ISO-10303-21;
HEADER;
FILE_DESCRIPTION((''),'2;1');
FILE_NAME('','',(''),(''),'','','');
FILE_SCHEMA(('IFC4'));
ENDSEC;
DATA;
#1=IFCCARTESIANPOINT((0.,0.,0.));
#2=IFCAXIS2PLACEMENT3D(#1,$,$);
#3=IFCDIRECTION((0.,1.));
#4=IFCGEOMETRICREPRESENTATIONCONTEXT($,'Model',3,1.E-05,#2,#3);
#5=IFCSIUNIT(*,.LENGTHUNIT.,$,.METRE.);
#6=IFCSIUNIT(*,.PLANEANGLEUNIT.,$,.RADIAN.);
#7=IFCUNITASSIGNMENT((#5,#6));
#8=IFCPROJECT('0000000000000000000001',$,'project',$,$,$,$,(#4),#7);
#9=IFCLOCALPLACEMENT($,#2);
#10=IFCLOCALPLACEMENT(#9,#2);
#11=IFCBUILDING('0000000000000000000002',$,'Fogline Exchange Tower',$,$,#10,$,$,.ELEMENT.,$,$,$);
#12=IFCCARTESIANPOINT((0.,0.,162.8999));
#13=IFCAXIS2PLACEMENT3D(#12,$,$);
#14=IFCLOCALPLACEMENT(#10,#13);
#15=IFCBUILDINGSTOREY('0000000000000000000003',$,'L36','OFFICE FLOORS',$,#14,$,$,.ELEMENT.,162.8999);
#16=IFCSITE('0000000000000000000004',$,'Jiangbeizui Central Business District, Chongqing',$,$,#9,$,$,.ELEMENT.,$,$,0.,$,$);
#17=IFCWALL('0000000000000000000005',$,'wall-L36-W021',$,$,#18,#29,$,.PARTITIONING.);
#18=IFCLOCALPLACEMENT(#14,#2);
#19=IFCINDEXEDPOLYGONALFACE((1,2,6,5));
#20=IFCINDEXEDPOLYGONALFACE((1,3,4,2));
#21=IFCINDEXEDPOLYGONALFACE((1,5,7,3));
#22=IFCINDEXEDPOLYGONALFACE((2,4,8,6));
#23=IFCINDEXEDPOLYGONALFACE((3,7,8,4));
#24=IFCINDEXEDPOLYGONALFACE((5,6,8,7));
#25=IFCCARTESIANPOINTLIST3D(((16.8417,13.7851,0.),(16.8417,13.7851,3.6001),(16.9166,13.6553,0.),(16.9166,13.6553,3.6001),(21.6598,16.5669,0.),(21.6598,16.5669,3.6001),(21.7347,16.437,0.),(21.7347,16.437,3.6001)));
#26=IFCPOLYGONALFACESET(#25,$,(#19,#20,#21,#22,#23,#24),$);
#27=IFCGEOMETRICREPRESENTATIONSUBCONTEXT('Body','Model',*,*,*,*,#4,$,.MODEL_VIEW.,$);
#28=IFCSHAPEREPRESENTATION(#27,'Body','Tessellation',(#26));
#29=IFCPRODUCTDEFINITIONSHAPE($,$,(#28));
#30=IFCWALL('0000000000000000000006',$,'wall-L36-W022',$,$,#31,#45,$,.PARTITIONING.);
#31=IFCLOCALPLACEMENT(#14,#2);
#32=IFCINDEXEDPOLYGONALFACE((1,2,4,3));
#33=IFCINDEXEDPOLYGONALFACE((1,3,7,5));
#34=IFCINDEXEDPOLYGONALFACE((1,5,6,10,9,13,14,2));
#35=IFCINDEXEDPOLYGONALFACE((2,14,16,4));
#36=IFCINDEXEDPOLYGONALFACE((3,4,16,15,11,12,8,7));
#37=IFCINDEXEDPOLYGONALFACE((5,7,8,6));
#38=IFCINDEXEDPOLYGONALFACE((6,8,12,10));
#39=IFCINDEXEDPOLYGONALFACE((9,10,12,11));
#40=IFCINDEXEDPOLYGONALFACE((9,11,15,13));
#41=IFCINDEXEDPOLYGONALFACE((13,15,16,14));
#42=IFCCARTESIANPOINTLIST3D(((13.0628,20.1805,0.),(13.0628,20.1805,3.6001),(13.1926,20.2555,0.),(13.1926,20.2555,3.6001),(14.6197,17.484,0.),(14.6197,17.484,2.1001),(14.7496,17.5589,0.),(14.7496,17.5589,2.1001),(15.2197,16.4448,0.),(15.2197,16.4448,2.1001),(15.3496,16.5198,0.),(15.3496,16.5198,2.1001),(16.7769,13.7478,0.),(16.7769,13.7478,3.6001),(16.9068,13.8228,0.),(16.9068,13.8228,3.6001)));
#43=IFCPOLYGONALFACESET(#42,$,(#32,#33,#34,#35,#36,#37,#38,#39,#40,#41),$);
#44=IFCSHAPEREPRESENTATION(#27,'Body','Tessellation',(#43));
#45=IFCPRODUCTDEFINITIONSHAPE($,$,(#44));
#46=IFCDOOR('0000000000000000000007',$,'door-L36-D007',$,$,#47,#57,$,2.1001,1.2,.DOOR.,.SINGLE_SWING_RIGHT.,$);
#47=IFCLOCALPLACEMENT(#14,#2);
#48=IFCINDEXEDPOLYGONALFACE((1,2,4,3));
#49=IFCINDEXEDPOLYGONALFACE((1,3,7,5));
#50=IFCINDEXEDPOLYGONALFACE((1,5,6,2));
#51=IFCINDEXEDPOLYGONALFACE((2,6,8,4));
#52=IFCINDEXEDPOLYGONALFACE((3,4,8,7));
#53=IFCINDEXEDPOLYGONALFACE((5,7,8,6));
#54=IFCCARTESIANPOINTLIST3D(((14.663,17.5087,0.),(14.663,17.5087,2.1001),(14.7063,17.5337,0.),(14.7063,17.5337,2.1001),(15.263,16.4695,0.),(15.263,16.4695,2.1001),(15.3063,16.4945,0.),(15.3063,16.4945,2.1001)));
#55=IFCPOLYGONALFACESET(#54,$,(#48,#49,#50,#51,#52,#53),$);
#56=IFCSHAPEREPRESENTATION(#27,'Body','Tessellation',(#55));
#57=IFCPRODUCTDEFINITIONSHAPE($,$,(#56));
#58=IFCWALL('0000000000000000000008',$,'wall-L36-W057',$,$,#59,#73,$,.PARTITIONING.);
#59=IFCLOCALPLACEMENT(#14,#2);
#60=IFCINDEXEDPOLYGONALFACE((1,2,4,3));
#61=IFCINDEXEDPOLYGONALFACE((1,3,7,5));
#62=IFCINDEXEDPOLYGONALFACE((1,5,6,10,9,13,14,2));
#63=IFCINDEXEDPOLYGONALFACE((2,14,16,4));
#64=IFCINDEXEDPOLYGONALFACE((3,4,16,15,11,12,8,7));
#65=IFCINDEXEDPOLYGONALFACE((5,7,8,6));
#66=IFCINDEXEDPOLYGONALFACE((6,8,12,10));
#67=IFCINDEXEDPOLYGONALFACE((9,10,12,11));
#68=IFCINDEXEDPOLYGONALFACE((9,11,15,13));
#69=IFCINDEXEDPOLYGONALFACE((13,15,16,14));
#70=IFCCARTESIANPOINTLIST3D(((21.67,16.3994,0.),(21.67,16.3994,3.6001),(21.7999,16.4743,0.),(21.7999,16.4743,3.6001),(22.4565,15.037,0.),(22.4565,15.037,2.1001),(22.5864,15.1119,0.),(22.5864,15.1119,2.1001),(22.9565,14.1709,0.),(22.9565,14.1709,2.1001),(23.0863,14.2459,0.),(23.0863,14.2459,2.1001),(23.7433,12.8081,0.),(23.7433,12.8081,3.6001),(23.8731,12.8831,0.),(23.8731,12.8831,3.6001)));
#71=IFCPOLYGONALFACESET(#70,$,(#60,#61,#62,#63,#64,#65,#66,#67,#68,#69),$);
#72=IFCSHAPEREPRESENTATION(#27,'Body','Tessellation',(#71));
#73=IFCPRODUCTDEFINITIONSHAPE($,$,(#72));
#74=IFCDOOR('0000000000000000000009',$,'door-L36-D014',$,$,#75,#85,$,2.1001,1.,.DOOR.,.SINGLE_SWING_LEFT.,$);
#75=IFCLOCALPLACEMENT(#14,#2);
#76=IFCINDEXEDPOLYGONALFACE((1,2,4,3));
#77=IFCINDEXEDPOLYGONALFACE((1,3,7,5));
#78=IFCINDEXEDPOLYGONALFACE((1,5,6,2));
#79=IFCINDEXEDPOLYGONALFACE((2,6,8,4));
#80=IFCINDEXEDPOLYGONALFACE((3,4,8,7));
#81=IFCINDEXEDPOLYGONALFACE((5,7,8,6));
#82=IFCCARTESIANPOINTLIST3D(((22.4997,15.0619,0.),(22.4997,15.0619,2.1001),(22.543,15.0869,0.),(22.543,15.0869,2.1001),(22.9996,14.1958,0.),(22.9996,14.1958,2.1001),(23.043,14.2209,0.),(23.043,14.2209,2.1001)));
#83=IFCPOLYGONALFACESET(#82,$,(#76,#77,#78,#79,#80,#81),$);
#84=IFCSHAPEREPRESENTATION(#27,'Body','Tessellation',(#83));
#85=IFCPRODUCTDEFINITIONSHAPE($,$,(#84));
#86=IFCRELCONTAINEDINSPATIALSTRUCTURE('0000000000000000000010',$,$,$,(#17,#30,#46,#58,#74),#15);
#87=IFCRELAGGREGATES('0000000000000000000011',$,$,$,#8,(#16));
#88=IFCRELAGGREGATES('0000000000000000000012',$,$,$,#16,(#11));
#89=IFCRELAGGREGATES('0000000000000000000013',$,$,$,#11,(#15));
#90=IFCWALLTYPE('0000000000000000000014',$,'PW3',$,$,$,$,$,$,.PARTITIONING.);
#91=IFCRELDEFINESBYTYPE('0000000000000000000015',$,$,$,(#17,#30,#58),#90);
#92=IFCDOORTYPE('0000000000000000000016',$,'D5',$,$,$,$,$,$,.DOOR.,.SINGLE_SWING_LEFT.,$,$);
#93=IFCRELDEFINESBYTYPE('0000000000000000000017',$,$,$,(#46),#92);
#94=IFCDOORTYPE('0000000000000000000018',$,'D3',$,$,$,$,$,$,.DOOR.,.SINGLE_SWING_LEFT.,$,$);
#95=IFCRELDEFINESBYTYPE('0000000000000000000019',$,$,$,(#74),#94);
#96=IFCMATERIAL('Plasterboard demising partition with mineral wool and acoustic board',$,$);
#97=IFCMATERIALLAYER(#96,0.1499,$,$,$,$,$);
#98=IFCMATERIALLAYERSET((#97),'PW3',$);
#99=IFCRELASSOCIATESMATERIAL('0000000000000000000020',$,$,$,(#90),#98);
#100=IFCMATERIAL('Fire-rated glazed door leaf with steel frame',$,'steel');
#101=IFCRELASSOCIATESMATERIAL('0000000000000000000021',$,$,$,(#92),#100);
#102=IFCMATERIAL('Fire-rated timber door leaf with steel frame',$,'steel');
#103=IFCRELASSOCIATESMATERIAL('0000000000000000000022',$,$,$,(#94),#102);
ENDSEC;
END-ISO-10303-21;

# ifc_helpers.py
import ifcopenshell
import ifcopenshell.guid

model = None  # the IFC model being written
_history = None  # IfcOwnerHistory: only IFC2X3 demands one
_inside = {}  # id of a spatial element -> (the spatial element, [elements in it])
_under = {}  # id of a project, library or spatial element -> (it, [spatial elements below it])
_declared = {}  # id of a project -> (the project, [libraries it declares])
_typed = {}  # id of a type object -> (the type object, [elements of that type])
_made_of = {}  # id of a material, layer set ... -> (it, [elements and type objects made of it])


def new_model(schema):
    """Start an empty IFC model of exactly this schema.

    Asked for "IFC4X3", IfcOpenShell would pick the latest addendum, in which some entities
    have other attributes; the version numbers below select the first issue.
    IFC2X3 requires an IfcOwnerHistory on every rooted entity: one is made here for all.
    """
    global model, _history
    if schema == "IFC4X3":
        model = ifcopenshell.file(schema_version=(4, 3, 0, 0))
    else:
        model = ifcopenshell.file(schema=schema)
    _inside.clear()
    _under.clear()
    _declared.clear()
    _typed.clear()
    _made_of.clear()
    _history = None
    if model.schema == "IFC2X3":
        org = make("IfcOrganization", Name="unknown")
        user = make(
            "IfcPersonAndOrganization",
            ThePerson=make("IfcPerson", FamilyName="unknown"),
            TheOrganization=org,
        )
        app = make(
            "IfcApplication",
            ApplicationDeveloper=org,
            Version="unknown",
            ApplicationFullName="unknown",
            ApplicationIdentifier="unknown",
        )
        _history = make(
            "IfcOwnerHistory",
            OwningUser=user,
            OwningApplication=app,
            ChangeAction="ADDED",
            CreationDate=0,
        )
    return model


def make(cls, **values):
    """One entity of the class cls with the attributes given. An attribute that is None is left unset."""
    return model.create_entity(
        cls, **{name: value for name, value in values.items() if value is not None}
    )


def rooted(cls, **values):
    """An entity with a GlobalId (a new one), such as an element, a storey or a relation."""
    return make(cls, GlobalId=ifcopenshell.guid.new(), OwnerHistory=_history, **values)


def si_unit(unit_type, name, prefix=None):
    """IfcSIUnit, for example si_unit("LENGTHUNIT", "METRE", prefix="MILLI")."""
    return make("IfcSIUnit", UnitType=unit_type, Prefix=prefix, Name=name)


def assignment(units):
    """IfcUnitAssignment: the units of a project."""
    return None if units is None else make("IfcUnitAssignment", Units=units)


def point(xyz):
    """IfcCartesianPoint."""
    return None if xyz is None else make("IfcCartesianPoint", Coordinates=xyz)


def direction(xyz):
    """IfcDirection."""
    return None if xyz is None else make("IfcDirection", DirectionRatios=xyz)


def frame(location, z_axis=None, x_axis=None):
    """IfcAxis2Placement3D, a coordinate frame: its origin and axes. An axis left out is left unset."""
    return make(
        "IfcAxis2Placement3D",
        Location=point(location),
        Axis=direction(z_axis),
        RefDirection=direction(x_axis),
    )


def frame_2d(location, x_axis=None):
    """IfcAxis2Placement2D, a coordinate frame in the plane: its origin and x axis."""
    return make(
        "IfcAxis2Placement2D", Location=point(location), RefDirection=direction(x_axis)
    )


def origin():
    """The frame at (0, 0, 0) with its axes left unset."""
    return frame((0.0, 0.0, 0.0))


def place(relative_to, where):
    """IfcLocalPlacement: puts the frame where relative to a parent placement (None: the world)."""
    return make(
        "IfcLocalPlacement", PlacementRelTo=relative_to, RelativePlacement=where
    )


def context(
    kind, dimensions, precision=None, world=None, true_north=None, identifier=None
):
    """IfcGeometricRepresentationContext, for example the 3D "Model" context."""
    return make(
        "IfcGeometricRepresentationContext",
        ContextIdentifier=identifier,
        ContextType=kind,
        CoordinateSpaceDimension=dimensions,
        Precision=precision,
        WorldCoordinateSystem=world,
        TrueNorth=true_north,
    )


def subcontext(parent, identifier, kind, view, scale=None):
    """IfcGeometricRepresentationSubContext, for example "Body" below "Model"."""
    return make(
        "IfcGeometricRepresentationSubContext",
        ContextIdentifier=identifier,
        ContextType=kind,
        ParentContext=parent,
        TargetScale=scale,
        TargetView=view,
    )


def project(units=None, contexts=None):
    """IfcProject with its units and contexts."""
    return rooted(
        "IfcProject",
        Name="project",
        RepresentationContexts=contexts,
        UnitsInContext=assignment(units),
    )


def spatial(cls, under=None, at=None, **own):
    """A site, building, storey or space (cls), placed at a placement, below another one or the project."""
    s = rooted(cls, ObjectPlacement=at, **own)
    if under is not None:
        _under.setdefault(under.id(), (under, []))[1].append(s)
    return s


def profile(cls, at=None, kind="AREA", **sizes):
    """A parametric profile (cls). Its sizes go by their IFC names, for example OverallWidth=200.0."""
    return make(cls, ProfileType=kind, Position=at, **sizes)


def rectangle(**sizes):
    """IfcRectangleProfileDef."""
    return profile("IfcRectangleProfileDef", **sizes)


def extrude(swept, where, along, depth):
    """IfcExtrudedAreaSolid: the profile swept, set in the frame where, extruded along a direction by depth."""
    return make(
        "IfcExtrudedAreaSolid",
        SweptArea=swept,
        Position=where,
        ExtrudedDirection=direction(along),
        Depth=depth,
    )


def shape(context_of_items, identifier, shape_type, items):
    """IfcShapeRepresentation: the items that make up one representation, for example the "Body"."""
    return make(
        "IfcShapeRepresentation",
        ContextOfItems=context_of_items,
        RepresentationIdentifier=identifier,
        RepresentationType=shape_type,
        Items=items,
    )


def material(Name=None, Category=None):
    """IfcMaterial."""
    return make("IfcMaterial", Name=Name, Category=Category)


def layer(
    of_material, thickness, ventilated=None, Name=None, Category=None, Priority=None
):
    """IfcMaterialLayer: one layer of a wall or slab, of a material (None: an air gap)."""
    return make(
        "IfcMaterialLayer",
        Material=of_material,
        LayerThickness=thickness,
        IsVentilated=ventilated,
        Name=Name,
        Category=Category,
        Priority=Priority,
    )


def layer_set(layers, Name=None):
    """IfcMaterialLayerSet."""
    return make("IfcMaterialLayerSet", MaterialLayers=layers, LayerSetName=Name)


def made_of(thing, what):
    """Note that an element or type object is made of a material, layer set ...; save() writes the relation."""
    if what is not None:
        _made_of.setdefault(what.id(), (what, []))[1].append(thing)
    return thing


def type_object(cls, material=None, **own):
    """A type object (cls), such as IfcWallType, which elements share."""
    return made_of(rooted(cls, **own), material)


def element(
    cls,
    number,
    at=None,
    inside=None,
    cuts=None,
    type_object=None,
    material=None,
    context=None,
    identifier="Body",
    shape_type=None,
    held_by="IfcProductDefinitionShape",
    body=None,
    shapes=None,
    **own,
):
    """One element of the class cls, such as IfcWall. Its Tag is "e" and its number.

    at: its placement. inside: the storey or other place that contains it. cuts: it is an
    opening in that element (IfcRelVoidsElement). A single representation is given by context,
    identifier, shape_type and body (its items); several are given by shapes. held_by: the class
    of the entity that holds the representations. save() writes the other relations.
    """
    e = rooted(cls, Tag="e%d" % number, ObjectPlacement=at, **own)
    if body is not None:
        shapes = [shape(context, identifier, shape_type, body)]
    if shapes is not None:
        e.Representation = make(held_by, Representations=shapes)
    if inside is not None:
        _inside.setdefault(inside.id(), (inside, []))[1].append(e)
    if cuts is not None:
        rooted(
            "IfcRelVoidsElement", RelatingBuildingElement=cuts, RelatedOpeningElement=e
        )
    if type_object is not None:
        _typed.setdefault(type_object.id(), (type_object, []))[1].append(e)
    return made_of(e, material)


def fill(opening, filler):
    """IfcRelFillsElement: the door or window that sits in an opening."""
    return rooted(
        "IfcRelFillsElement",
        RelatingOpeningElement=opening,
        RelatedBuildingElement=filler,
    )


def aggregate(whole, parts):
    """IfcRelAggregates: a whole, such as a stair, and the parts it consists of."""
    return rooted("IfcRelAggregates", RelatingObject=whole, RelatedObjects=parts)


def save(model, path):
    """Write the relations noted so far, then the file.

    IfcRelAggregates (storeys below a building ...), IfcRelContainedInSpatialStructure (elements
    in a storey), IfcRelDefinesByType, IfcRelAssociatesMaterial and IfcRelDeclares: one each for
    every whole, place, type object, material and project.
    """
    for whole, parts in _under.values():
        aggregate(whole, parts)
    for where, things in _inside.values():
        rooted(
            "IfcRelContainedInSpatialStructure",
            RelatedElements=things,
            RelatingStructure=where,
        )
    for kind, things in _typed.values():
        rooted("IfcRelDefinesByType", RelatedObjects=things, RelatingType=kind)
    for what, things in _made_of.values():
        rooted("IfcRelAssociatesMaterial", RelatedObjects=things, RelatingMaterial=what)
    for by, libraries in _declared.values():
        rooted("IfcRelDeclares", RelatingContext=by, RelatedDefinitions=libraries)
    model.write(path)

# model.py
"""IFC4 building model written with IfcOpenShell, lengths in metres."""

from ifc_helpers import new_model, si_unit, direction, frame, frame_2d, origin, place, context, subcontext, project, spatial, rectangle, extrude, material, layer, layer_set, type_object, element, fill, save


model = new_model("IFC4")

# Units and contexts
model_context = context("Model", 3, precision=1e-05, world=origin(), true_north=direction((0.0, 1.0)))
body_context = subcontext(model_context, "Body", "Model", "MODEL_VIEW")
ifc_project = project(units=[si_unit("LENGTHUNIT", "METRE"), si_unit("PLANEANGLEUNIT", "RADIAN")], contexts=[model_context])

# Site, building, storey
site_placement = place(None, origin())
site = spatial("IfcSite", under=ifc_project, at=site_placement, Name="Jiangbeizui Central Business District, Chongqing", CompositionType="ELEMENT", RefElevation=0.0)
building_placement = place(site_placement, origin())
building = spatial("IfcBuilding", under=site, at=building_placement, Name="Fogline Exchange Tower", CompositionType="ELEMENT")
storey_placement = place(building_placement, frame((0.0, 0.0, 162.8999)))
storey = spatial("IfcBuildingStorey", under=building, at=storey_placement, Name="L36", Description="OFFICE FLOORS", CompositionType="ELEMENT", Elevation=162.8999)

# Wall
ifc_material_1 = material(Name="Plasterboard demising partition with mineral wool and acoustic board")
ifc_layer_1 = layer(ifc_material_1, 0.1499)
ifc_layer_set_1 = layer_set([ifc_layer_1], Name="PW3")
wall_type_1 = type_object("IfcWallType", Name="PW3", PredefinedType="PARTITIONING", material=ifc_layer_set_1)
wall_1_placement = place(storey_placement, frame((21.6973, 16.502, 0.0), z_axis=(0.0, 0.0, 1.0), x_axis=(-0.866026, -0.5, 0.0)))
element("IfcWall", 1, at=wall_1_placement, inside=storey, type_object=wall_type_1, Name="wall-L36-W021", PredefinedType="PARTITIONING", context=body_context, shape_type="SweptSolid", body=[
    extrude(rectangle(XDim=5.5635, YDim=0.1499, at=frame_2d((2.7817, 0.0))), origin(), (0.0, 0.0, 1.0), 3.6001),
])

# Walls, openings, doors
wall_2_placement = place(storey_placement, frame((16.8418, 13.7854, 0.0), z_axis=(0.0, 0.0, 1.0), x_axis=(-0.500024, 0.866012, 0.0)))
wall_2 = element("IfcWall", 2, at=wall_2_placement, inside=storey, type_object=wall_type_1, Name="wall-L36-W022", PredefinedType="PARTITIONING", context=body_context, shape_type="SweptSolid", body=[
    extrude(rectangle(XDim=7.428, YDim=0.1499, at=frame_2d((3.7139, 0.0))), origin(), (0.0, 0.0, 1.0), 3.6001),
])
opening_1_placement = place(wall_2_placement, frame((3.114, 0.0, 0.0)))
opening_1 = element("IfcOpeningElement", 3, at=opening_1_placement, cuts=wall_2, PredefinedType="OPENING", context=body_context, shape_type="SweptSolid", body=[
    extrude(rectangle(XDim=1.2, YDim=2.1001, at=frame_2d((0.6001, 1.05))), frame((0.0, 0.085, 0.0), z_axis=(0.0, -1.0, 0.0), x_axis=(1.0, 0.0, 0.0)), (0.0, 0.0, 1.0), 0.1699),
])
ifc_material_2 = material(Name="Fire-rated glazed door leaf with steel frame", Category="steel")
door_type_1 = type_object("IfcDoorType", Name="D5", OperationType="SINGLE_SWING_LEFT", PredefinedType="DOOR", material=ifc_material_2)
door_1_placement = place(opening_1_placement, frame((1.2, 0.0, 0.0), z_axis=(0.0, 0.0, 1.0), x_axis=(-1.0, 0.0, 0.0)))
door_1 = element("IfcDoor", 4, at=door_1_placement, inside=storey, type_object=door_type_1, Name="door-L36-D007", OperationType="SINGLE_SWING_RIGHT", OverallHeight=2.1001, OverallWidth=1.2, PredefinedType="DOOR", context=body_context, shape_type="SweptSolid", body=[
    extrude(rectangle(XDim=1.2, YDim=2.1001, at=frame_2d((0.6001, 1.05))), frame((0.0, 0.0249, 0.0), z_axis=(0.0, -1.0, 0.0), x_axis=(1.0, 0.0, 0.0)), (0.0, 0.0, 1.0), 0.05),
])
fill(opening_1, door_1)
wall_3_placement = place(storey_placement, frame((23.8081, 12.8457, 0.0), z_axis=(0.0, 0.0, 1.0), x_axis=(-0.499964, 0.866046, 0.0)))
wall_3 = element("IfcWall", 5, at=wall_3_placement, inside=storey, type_object=wall_type_1, Name="wall-L36-W057", PredefinedType="PARTITIONING", context=body_context, shape_type="SweptSolid", body=[
    extrude(rectangle(XDim=4.1467, YDim=0.1499, at=frame_2d((2.0732, 0.0))), origin(), (0.0, 0.0, 1.0), 3.6001),
])
opening_2_placement = place(wall_3_placement, frame((1.5735, 0.0, 0.0)))
opening_2 = element("IfcOpeningElement", 6, at=opening_2_placement, cuts=wall_3, PredefinedType="OPENING", context=body_context, shape_type="SweptSolid", body=[
    extrude(rectangle(XDim=1.0, YDim=2.1001, at=frame_2d((0.5, 1.05))), frame((0.0, 0.085, 0.0), z_axis=(0.0, -1.0, 0.0), x_axis=(1.0, 0.0, 0.0)), (0.0, 0.0, 1.0), 0.1699),
])
ifc_material_3 = material(Name="Fire-rated timber door leaf with steel frame", Category="steel")
door_type_2 = type_object("IfcDoorType", Name="D3", OperationType="SINGLE_SWING_LEFT", PredefinedType="DOOR", material=ifc_material_3)
door_2_placement = place(opening_2_placement, frame((1.0, 0.0, 0.0), z_axis=(0.0, 0.0, 1.0), x_axis=(-1.0, 0.0, 0.0)))
door_2 = element("IfcDoor", 7, at=door_2_placement, inside=storey, type_object=door_type_2, Name="door-L36-D014", OperationType="SINGLE_SWING_LEFT", OverallHeight=2.1001, OverallWidth=1.0, PredefinedType="DOOR", context=body_context, shape_type="SweptSolid", body=[
    extrude(rectangle(XDim=1.0, YDim=2.1001, at=frame_2d((0.5, 1.05))), frame((0.0, 0.0249, 0.0), z_axis=(0.0, -1.0, 0.0), x_axis=(1.0, 0.0, 0.0)), (0.0, 0.0, 1.0), 0.05),
])
fill(opening_2, door_2)

save(model, "model.ifc")
